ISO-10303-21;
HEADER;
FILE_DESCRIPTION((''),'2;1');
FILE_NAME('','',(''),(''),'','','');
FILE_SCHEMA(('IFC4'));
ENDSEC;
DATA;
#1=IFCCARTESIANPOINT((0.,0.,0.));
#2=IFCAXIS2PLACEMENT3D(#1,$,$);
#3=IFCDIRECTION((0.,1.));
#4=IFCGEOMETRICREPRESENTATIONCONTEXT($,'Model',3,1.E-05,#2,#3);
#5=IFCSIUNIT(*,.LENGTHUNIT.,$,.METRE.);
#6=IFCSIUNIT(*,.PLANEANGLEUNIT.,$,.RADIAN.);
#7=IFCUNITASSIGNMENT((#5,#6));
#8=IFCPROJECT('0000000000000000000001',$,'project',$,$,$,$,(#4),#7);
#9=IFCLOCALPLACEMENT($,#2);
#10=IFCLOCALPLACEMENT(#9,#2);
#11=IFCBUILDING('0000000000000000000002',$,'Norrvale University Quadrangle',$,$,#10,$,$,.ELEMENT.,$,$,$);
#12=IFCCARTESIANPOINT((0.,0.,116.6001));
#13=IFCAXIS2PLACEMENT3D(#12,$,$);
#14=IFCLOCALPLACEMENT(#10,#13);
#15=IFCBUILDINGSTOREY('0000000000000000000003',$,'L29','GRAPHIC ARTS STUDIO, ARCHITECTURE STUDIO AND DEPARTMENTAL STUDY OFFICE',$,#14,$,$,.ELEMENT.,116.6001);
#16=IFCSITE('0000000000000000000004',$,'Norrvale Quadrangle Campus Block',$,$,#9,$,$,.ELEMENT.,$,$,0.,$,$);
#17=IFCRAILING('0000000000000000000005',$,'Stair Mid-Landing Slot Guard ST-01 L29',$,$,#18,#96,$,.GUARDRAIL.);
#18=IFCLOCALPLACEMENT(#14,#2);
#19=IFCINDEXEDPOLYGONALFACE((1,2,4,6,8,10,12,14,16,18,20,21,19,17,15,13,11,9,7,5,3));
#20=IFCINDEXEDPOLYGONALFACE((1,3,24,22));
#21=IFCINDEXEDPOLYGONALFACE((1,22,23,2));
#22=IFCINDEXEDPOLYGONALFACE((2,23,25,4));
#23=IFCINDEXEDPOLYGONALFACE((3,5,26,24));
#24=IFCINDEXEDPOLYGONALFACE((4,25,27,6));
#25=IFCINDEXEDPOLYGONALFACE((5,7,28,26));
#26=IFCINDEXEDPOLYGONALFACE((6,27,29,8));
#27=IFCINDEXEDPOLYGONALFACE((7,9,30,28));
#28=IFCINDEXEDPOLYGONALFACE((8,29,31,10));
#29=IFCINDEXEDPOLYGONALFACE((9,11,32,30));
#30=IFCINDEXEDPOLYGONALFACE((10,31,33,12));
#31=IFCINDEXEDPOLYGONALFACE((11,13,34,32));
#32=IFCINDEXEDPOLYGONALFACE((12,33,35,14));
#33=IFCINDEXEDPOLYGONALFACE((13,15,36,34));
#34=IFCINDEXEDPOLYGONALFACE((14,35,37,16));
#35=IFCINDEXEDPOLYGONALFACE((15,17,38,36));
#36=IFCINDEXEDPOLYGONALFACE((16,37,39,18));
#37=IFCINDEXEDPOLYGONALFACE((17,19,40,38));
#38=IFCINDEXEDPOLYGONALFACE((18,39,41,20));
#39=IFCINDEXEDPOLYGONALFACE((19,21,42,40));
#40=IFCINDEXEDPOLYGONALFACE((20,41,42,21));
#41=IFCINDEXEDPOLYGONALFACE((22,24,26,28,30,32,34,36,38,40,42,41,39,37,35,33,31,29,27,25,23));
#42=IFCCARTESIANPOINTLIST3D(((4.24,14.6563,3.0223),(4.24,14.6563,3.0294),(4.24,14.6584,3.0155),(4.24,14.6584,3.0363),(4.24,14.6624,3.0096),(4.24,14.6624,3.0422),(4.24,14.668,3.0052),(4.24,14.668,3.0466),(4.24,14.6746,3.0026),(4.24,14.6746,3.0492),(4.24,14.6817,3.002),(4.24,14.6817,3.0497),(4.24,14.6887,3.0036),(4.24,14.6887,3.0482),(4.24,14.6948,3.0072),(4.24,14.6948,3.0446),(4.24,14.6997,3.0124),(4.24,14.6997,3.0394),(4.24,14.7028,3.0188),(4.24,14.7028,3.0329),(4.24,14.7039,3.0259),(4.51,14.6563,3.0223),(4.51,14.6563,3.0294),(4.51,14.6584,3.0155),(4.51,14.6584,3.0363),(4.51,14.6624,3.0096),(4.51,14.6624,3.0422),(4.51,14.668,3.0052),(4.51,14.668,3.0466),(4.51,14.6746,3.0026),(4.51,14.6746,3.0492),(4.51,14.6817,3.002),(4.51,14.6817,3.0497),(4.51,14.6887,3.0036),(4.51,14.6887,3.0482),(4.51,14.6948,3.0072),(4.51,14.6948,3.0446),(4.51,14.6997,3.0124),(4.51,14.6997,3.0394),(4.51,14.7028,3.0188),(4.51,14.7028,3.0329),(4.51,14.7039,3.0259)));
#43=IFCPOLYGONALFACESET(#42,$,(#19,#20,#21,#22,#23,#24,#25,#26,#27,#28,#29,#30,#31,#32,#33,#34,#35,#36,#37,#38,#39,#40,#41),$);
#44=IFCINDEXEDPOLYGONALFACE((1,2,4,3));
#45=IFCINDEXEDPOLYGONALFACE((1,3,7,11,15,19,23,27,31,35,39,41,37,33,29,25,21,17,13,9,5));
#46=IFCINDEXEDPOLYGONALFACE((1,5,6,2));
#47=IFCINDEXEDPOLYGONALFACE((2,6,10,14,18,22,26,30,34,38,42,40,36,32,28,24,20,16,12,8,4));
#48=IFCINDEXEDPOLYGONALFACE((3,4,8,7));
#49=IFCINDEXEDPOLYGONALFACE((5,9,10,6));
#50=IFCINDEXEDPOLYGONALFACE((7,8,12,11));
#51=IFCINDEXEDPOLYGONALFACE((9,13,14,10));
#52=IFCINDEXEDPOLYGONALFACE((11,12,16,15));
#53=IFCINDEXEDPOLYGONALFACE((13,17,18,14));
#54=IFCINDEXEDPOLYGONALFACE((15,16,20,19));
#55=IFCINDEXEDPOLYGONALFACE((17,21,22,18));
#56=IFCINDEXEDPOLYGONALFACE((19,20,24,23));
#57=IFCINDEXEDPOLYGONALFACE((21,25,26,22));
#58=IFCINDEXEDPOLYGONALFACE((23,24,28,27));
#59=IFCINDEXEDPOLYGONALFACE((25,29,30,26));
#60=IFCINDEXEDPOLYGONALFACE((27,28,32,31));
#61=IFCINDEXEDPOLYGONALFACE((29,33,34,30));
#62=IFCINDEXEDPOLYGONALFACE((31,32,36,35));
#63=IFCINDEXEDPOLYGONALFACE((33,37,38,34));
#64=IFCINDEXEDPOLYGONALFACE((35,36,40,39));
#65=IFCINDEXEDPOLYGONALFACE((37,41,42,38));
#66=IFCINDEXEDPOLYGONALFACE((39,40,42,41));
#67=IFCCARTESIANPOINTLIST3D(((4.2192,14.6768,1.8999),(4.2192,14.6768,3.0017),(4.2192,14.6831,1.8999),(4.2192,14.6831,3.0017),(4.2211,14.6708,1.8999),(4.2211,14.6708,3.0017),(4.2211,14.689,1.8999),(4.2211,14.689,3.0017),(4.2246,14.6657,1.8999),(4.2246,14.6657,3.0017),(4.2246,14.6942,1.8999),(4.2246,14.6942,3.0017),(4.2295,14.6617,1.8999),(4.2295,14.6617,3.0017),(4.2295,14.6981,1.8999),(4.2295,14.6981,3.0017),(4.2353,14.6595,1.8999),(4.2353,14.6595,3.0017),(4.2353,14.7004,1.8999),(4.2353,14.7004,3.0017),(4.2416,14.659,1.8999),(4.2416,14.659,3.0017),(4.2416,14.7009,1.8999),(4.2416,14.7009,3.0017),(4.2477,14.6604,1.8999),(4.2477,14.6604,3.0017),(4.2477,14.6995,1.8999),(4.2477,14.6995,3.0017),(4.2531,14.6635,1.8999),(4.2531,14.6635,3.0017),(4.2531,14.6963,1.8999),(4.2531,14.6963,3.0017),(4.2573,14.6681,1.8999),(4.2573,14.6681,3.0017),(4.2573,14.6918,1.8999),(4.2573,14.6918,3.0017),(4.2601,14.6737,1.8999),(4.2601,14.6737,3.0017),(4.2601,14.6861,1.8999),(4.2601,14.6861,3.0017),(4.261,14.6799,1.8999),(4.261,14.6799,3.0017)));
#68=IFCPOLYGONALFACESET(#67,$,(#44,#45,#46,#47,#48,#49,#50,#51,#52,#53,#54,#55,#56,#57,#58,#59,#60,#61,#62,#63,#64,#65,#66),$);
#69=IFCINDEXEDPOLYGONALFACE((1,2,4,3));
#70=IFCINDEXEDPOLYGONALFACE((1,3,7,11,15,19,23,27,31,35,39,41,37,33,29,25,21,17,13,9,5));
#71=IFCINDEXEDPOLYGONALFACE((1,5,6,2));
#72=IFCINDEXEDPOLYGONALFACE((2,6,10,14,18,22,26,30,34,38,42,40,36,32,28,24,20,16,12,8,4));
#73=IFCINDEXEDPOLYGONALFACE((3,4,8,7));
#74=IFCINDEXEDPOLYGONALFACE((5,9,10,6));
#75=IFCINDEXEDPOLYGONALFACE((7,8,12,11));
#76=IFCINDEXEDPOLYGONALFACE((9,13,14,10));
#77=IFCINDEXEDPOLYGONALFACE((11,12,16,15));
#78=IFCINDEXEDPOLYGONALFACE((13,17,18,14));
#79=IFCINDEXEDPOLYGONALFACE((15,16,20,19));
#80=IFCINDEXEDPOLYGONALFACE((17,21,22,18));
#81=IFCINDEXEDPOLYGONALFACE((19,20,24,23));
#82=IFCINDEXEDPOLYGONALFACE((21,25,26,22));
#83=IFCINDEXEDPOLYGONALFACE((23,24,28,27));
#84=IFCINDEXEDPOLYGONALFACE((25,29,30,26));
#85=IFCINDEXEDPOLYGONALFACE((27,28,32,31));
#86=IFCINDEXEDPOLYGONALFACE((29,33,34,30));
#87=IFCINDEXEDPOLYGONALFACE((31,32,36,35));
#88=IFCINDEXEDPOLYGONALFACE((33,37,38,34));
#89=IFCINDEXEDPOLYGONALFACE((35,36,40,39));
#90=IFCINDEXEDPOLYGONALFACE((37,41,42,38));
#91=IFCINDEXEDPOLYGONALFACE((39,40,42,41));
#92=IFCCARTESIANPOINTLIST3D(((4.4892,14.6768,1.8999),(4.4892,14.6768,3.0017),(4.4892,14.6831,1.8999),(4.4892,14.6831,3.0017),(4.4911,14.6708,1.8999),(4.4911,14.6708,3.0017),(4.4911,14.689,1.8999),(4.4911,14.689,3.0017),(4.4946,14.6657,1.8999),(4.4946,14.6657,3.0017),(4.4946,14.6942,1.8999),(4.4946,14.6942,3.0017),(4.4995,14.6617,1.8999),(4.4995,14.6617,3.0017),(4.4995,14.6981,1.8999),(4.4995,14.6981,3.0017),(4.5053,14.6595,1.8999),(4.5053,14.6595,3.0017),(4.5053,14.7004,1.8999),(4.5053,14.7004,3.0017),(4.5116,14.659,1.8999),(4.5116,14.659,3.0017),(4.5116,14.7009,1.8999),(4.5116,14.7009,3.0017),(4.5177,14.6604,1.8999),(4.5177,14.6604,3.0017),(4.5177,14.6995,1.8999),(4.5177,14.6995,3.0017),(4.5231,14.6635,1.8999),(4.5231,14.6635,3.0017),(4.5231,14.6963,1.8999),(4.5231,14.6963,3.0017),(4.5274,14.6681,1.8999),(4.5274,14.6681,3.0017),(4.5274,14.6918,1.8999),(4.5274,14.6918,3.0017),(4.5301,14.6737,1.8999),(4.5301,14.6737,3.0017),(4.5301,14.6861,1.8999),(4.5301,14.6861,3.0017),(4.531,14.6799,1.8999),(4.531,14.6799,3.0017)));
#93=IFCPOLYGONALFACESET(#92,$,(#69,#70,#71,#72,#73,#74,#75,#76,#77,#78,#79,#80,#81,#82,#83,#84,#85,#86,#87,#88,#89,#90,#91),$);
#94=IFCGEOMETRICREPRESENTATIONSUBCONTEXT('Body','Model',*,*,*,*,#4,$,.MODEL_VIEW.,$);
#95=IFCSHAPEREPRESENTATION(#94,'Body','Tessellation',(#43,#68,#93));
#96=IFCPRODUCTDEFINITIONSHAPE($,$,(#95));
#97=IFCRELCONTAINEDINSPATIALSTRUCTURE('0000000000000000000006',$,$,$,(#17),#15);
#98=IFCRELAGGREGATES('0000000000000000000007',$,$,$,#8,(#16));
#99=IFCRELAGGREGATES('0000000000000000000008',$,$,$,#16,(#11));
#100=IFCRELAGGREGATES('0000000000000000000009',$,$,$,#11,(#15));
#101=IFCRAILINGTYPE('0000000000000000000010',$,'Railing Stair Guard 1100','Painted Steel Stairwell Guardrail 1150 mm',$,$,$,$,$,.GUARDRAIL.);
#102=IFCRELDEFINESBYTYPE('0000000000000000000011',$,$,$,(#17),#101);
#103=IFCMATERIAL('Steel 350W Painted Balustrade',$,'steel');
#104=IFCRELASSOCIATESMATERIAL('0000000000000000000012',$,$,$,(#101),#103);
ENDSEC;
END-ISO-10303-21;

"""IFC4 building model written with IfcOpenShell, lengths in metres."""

from ifc_helpers import new_model, si_unit, direction, frame, origin, origin_2d, place, context, subcontext, project, spatial, circle, extrude, material, type_object, element, save


model = new_model("IFC4")

# Units and contexts
model_context = context("Model", 3, precision=1e-05, world=origin(), true_north=direction((0.0, 1.0)))
body_context = subcontext(model_context, "Body", "Model", "MODEL_VIEW")
ifc_project = project(units=[si_unit("LENGTHUNIT", "METRE"), si_unit("PLANEANGLEUNIT", "RADIAN")], contexts=[model_context])

# Site, building, storey
site_placement = place(None, origin())
site = spatial("IfcSite", under=ifc_project, at=site_placement, Name="Norrvale Quadrangle Campus Block", CompositionType="ELEMENT", RefElevation=0.0)
building_placement = place(site_placement, origin())
building = spatial("IfcBuilding", under=site, at=building_placement, Name="Norrvale University Quadrangle", CompositionType="ELEMENT")
storey_placement = place(building_placement, frame((0.0, 0.0, 116.6001)))
storey = spatial("IfcBuildingStorey", under=building, at=storey_placement, Name="L29", Description="GRAPHIC ARTS STUDIO, ARCHITECTURE STUDIO AND DEPARTMENTAL STUDY OFFICE", CompositionType="ELEMENT", Elevation=116.6001)

# Railing
ifc_material_1 = material(Name="Steel 350W Painted Balustrade", Category="steel")
railing_type_1 = type_object("IfcRailingType", Name="Railing Stair Guard 1100", Description="Painted Steel Stairwell Guardrail 1150 mm", PredefinedType="GUARDRAIL", material=ifc_material_1)
railing_1_placement = place(storey_placement, frame((4.24, 14.6799, 1.8999)))
element("IfcRailing", 1, at=railing_1_placement, inside=storey, type_object=railing_type_1, Name="Stair Mid-Landing Slot Guard ST-01 L29", PredefinedType="GUARDRAIL", context=body_context, shape_type="SweptSolid", body=[
    extrude(circle(Radius=0.0239, at=origin_2d()), frame((0.0, 0.0, 1.126), z_axis=(1.0, 0.0, 0.0), x_axis=(0.0, 1.0, 0.0)), (0.0, 0.0, 1.0), 0.27),
    extrude(circle(Radius=0.021, at=origin_2d()), origin(), (0.0, 0.0, 1.0), 1.1018),
    extrude(circle(Radius=0.021, at=origin_2d()), frame((0.27, 0.0, 0.0)), (0.0, 0.0, 1.0), 1.1018),
])

save(model, "model.ifc")
